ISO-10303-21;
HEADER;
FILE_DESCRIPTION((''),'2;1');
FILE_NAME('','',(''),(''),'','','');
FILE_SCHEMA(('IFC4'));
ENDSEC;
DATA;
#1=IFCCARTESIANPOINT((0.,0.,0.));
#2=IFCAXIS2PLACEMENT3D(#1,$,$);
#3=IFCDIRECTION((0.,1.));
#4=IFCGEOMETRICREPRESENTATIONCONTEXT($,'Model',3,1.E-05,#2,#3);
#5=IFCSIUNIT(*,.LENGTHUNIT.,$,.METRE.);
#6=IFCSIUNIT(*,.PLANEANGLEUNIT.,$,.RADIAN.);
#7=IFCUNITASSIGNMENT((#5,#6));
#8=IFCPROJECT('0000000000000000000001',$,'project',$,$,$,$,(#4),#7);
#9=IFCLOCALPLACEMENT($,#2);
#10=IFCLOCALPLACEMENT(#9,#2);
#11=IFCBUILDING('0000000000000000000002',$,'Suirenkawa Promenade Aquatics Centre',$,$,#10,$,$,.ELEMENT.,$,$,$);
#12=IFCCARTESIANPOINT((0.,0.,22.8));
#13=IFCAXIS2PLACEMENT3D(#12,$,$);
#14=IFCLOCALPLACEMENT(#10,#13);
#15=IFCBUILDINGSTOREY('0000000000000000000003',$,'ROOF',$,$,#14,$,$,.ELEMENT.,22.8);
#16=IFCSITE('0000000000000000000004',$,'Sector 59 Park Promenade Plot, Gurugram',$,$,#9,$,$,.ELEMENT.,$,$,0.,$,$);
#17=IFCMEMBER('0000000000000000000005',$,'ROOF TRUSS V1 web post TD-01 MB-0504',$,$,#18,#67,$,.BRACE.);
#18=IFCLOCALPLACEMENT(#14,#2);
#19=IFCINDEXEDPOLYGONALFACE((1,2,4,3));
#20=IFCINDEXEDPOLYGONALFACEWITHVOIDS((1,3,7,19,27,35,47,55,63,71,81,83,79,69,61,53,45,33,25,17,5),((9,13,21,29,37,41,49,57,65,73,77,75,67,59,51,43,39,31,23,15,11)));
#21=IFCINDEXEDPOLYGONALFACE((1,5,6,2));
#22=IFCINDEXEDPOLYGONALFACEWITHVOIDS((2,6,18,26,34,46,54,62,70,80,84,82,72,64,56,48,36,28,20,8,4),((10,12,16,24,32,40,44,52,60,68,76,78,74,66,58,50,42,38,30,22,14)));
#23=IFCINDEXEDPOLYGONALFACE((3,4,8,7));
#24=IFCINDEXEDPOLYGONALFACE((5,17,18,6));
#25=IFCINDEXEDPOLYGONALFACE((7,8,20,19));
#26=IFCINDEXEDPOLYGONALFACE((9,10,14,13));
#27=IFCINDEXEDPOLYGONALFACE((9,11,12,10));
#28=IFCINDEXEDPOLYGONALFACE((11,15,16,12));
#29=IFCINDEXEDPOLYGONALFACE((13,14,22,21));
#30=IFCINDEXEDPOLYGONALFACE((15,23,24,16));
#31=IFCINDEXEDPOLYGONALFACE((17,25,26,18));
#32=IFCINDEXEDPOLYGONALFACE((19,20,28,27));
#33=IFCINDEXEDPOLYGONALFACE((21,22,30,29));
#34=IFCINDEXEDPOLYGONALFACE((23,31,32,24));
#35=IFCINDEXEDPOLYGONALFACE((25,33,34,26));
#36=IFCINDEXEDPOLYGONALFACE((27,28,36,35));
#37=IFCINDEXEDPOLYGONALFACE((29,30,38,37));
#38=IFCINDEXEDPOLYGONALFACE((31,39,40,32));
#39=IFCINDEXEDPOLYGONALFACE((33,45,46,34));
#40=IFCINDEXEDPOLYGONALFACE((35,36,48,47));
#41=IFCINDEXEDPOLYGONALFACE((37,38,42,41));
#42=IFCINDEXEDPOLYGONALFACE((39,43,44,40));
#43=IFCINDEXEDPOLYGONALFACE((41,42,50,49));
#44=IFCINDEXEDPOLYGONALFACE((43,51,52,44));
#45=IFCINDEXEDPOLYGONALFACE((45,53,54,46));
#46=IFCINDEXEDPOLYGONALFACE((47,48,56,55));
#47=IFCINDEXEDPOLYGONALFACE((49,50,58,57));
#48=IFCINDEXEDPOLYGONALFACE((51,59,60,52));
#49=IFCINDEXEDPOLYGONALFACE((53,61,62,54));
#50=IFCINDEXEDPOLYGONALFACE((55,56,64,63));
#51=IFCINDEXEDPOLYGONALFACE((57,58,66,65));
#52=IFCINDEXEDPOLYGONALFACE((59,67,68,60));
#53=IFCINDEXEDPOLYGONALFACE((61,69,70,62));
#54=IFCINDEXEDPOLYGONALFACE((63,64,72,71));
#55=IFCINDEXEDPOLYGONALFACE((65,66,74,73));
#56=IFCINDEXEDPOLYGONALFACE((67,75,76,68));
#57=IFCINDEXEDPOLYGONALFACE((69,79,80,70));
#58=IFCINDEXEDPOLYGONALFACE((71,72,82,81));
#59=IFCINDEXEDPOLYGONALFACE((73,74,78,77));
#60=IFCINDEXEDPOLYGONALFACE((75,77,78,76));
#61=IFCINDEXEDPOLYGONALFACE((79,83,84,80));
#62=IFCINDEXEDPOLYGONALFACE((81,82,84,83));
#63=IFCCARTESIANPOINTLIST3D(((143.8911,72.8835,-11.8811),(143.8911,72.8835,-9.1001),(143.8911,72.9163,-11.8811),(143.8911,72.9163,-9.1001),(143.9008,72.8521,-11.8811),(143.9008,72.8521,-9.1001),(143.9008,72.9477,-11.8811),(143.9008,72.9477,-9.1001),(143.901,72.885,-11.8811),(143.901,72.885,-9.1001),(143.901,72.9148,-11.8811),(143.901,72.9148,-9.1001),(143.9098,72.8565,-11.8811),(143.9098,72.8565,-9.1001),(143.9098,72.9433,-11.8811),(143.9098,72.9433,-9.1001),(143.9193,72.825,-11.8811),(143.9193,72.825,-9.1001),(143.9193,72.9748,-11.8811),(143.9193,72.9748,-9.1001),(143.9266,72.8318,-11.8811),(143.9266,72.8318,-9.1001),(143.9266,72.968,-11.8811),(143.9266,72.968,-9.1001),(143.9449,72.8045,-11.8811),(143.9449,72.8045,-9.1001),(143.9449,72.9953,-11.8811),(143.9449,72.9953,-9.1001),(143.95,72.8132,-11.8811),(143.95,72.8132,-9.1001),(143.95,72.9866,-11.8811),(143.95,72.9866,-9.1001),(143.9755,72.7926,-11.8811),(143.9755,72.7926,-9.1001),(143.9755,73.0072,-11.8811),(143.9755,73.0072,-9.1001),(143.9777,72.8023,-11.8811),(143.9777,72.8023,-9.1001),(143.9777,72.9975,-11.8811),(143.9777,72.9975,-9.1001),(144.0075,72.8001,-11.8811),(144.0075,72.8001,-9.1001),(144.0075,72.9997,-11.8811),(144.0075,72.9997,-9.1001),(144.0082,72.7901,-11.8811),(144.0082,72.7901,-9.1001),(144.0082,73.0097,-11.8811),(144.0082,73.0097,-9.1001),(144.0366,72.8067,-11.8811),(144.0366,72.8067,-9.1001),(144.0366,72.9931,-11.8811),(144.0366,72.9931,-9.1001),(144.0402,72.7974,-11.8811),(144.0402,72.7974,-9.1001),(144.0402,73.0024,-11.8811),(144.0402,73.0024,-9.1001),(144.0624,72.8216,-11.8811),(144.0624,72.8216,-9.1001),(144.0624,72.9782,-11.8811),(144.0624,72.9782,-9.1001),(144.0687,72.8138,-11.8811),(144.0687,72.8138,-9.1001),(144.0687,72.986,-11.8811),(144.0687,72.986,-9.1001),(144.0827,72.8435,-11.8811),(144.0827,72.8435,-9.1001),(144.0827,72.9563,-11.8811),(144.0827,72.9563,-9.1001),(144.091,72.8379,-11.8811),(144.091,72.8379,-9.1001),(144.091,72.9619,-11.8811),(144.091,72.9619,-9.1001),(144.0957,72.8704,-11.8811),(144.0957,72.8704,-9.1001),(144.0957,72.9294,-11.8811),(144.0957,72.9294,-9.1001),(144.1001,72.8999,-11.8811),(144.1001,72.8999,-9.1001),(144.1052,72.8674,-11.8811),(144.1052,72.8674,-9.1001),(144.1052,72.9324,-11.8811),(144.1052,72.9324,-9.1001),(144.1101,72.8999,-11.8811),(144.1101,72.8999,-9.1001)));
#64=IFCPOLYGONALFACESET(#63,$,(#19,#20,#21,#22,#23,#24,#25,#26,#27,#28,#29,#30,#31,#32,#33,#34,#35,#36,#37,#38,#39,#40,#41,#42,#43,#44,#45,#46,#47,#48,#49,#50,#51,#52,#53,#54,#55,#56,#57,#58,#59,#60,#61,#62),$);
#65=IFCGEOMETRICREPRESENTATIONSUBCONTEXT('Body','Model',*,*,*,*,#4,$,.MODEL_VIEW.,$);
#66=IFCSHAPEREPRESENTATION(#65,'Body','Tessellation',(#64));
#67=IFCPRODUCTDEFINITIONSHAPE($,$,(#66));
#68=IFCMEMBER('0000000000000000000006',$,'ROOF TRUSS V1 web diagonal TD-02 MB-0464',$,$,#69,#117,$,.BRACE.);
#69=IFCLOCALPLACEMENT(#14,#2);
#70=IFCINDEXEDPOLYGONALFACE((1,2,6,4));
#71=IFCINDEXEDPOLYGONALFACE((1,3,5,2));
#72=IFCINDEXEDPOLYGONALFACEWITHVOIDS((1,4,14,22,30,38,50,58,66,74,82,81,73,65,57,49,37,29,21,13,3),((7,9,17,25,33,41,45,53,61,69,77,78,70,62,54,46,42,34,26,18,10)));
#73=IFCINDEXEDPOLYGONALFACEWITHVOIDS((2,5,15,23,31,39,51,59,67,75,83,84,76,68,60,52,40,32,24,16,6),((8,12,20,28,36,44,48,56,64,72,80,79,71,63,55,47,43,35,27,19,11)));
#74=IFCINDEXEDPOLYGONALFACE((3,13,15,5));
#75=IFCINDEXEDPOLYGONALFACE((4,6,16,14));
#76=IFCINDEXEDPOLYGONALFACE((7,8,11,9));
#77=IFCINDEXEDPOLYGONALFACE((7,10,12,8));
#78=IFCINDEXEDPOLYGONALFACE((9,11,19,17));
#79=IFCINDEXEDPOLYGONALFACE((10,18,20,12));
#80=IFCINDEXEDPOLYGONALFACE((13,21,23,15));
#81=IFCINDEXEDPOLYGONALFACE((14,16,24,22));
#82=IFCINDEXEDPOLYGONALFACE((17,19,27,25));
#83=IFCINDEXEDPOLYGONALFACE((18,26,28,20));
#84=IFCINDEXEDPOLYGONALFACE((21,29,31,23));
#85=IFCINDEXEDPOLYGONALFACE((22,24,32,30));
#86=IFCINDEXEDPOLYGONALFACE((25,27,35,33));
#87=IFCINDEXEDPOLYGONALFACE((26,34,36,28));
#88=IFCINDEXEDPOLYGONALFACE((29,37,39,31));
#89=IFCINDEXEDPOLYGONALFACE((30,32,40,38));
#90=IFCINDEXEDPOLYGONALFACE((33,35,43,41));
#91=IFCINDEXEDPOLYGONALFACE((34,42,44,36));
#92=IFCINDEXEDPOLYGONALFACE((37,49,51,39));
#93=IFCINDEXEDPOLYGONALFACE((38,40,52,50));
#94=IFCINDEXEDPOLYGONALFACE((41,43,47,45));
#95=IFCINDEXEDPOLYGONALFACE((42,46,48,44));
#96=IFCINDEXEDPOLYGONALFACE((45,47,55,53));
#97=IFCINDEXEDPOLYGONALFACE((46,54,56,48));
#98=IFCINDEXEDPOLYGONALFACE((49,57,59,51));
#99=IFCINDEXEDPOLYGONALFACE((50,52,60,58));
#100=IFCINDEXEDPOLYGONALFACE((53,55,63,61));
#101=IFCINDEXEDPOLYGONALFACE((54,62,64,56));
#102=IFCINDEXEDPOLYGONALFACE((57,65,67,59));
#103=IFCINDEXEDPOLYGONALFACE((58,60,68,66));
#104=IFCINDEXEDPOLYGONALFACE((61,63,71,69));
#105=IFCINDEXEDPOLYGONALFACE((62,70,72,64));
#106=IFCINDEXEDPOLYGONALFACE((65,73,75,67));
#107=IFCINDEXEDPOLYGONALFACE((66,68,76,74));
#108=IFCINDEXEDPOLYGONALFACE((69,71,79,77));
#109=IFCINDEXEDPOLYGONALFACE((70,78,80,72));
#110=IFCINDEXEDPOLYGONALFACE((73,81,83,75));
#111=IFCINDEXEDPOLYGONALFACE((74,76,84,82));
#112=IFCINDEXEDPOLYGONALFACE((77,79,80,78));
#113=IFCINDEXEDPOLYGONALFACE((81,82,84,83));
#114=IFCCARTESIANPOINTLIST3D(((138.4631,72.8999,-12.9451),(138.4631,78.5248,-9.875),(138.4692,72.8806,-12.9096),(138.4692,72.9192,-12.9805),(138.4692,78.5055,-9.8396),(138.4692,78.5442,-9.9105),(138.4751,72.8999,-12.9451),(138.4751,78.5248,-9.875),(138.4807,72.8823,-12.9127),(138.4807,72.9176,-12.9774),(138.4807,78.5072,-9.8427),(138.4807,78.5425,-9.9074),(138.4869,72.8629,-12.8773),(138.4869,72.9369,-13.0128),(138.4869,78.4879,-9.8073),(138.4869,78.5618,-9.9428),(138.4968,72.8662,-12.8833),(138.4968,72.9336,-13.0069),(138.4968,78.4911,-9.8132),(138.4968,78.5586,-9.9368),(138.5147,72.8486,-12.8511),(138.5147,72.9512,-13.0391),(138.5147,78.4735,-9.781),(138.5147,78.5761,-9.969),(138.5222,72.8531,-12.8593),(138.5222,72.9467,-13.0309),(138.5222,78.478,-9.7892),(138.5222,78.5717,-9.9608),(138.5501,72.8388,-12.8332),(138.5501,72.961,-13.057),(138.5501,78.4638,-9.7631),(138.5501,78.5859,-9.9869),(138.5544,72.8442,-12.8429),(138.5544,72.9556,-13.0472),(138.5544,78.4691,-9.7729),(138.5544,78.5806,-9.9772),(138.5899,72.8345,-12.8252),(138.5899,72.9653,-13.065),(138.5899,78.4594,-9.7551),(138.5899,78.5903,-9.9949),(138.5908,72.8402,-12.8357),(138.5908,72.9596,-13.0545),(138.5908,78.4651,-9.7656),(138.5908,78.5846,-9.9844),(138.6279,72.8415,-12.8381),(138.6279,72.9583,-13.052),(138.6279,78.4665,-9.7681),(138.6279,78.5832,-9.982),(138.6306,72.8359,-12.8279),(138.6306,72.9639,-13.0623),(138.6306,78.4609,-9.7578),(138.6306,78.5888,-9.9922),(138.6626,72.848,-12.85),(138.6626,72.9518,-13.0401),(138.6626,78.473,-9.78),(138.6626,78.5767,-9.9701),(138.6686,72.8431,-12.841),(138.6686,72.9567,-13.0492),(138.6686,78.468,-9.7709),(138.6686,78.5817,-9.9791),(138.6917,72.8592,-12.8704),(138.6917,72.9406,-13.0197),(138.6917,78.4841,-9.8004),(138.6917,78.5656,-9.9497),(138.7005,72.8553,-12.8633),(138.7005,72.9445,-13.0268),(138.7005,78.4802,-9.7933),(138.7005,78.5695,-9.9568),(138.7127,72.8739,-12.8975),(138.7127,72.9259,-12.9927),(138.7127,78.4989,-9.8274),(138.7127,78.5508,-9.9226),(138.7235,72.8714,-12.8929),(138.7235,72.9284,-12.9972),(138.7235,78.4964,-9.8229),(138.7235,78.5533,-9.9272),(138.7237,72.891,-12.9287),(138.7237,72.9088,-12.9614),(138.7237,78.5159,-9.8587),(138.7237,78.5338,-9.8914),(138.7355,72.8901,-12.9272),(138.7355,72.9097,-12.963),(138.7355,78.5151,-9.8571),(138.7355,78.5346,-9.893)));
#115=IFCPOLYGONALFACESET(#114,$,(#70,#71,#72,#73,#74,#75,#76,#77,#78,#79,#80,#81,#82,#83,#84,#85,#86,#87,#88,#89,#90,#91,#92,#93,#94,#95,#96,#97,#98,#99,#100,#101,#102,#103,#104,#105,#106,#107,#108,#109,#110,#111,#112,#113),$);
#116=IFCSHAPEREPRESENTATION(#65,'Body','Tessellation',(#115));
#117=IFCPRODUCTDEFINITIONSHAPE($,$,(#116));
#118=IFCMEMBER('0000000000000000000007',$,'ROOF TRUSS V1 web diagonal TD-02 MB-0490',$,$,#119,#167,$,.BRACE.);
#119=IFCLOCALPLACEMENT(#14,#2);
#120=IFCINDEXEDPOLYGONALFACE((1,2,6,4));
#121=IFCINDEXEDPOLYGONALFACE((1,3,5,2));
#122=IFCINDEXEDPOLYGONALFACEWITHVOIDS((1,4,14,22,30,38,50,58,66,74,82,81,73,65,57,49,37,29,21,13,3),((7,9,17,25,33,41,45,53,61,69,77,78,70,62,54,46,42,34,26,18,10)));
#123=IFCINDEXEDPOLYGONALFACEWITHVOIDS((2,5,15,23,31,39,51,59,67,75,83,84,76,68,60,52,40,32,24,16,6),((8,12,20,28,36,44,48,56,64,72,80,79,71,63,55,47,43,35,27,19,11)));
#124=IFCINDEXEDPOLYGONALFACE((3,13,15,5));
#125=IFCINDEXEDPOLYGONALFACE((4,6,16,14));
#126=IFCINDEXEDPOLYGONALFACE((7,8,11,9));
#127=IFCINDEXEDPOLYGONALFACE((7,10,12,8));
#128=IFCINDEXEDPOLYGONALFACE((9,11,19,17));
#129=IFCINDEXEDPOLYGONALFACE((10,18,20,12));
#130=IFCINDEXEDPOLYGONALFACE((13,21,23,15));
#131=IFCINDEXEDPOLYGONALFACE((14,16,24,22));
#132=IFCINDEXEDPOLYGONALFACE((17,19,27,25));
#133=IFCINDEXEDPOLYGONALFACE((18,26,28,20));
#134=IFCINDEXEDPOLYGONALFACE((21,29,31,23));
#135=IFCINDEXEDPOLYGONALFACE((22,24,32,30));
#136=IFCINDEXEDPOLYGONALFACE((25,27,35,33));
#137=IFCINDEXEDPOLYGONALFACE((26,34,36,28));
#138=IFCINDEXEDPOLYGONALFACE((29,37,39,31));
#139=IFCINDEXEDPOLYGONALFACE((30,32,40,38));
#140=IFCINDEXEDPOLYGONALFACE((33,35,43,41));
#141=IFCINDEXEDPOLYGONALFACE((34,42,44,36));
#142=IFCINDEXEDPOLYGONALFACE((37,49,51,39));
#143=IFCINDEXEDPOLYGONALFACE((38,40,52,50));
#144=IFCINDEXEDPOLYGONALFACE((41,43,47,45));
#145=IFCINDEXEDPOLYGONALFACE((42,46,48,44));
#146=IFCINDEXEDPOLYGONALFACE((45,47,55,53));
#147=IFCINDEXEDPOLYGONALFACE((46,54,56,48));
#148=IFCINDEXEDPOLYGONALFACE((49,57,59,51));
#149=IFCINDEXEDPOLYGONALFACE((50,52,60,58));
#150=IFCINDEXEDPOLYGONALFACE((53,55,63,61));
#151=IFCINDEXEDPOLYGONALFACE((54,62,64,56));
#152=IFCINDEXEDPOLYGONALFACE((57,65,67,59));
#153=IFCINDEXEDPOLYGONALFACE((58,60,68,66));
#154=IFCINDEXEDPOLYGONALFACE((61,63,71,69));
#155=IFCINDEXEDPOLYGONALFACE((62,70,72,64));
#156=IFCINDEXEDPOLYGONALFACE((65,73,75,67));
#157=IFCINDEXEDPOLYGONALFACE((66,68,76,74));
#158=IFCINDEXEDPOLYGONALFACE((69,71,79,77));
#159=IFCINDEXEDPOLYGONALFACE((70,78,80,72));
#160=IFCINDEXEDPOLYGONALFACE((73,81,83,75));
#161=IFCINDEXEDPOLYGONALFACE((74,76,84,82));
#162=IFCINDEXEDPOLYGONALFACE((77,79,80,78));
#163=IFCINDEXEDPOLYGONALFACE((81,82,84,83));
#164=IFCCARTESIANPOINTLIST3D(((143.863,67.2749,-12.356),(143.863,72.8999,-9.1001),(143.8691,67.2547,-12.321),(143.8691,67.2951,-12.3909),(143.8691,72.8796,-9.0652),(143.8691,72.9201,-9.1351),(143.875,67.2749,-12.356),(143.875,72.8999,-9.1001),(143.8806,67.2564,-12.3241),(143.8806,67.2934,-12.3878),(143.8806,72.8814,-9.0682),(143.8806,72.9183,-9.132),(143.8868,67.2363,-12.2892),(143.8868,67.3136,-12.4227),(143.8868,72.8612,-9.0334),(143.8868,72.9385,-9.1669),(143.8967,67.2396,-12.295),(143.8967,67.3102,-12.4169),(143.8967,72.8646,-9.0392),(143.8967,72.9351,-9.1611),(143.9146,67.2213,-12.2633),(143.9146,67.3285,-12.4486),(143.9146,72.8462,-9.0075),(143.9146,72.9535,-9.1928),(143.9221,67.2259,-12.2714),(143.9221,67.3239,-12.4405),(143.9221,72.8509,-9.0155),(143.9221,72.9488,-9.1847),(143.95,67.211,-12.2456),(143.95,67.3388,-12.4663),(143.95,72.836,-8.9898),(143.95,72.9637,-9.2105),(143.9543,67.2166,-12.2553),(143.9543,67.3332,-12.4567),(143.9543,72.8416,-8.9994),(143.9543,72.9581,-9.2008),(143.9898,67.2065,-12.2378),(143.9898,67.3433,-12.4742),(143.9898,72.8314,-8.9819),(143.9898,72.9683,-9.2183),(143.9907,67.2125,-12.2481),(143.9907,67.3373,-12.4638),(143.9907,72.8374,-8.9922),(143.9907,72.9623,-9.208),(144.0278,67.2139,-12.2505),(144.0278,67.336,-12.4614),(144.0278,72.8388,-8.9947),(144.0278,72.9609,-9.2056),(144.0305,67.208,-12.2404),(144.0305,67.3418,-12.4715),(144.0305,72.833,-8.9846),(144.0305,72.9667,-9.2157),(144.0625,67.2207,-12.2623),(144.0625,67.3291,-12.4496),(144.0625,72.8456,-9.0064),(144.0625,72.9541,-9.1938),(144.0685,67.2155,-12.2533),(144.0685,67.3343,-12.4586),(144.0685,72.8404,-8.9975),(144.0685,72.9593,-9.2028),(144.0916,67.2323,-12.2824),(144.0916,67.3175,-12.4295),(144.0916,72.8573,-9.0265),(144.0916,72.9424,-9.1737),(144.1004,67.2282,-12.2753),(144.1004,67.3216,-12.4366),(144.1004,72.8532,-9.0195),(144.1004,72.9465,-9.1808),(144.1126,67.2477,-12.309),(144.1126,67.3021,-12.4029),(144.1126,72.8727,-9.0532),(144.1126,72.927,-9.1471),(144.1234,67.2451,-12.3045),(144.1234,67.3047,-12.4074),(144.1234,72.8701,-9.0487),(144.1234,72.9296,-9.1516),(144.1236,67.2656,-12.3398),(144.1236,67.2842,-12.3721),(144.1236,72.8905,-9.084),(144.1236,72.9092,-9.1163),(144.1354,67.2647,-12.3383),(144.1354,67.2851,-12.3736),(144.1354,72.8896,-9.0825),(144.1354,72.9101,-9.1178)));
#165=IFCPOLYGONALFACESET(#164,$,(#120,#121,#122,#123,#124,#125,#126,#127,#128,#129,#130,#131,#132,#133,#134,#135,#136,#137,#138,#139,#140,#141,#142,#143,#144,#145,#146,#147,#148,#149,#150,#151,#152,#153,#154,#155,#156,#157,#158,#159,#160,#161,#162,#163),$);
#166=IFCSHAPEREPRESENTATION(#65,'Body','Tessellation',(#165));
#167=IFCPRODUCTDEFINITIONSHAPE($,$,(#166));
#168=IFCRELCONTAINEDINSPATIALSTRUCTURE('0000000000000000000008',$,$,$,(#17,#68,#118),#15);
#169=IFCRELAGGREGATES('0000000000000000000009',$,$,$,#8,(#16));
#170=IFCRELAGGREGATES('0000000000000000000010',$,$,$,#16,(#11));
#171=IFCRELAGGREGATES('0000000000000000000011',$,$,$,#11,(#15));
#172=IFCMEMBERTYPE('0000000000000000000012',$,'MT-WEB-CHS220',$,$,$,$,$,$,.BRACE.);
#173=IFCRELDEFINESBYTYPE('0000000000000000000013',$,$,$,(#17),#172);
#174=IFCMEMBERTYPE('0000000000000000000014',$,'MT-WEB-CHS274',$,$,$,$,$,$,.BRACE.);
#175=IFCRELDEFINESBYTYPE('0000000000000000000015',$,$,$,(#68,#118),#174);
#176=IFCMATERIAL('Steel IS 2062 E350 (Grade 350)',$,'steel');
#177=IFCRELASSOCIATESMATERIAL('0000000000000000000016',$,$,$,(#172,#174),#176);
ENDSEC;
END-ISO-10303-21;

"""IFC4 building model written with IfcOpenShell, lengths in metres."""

from ifc_helpers import new_model, si_unit, direction, frame, origin, origin_2d, place, context, subcontext, project, spatial, hollow_circle, extrude, material, material_profile, profile_set, type_object, element, save


model = new_model("IFC4")

# Units and contexts
model_context = context("Model", 3, precision=1e-05, world=origin(), true_north=direction((0.0, 1.0)))
body_context = subcontext(model_context, "Body", "Model", "MODEL_VIEW")
ifc_project = project(units=[si_unit("LENGTHUNIT", "METRE"), si_unit("PLANEANGLEUNIT", "RADIAN")], contexts=[model_context])

# Site, building, storey
site_placement = place(None, origin())
site = spatial("IfcSite", under=ifc_project, at=site_placement, Name="Sector 59 Park Promenade Plot, Gurugram", CompositionType="ELEMENT", RefElevation=0.0)
building_placement = place(site_placement, origin())
building = spatial("IfcBuilding", under=site, at=building_placement, Name="Suirenkawa Promenade Aquatics Centre", CompositionType="ELEMENT")
storey_placement = place(building_placement, frame((0.0, 0.0, 22.8)))
storey = spatial("IfcBuildingStorey", under=building, at=storey_placement, Name="ROOF", CompositionType="ELEMENT", Elevation=22.8)

# Shared definitions
ifc_material = material(Name="Steel IS 2062 E350 (Grade 350)", Category="steel")

# Members
ifc_material_profile_1 = material_profile(ifc_material, hollow_circle(Radius=0.1101, WallThickness=0.01, at=origin_2d()), Name="CHS 220x10", Category="steel")
ifc_profile_set_1 = profile_set([ifc_material_profile_1], Name="Steel IS 2062 E350 (Grade 350)")
member_type_1 = type_object("IfcMemberType", Name="MT-WEB-CHS220", PredefinedType="BRACE", material=ifc_profile_set_1)
member_1_placement = place(storey_placement, frame((144.0, 72.8999, -11.8811), z_axis=(0.0, 0.0, 1.0), x_axis=(1.0, 0.0, 0.0)))
element("IfcMember", 1, at=member_1_placement, inside=storey, type_object=member_type_1, Name="ROOF TRUSS V1 web post TD-01 MB-0504", PredefinedType="BRACE", context=body_context, shape_type="SweptSolid", body=[
    extrude(hollow_circle(Radius=0.1101, WallThickness=0.01, at=origin_2d()), origin(), (0.0, 0.0, 1.0), 2.781),
])
ifc_material_profile_2 = material_profile(ifc_material, hollow_circle(Radius=0.137, WallThickness=0.012, at=origin_2d()), Name="CHS 274x12", Category="steel")
ifc_profile_set_2 = profile_set([ifc_material_profile_2], Name="Steel IS 2062 E350 (Grade 350)")
member_type_2 = type_object("IfcMemberType", Name="MT-WEB-CHS274", PredefinedType="BRACE", material=ifc_profile_set_2)
member_2_placement = place(storey_placement, frame((138.6001, 72.8999, -12.9451), z_axis=(0.0, 0.877772, 0.479079), x_axis=(-1.0, 0.0, 0.0)))
element("IfcMember", 2, at=member_2_placement, inside=storey, type_object=member_type_2, Name="ROOF TRUSS V1 web diagonal TD-02 MB-0464", PredefinedType="BRACE", context=body_context, shape_type="SweptSolid", body=[
    extrude(hollow_circle(Radius=0.137, WallThickness=0.012, at=origin_2d()), origin(), (0.0, 0.0, 1.0), 6.4082),
])
member_3_placement = place(storey_placement, frame((144.0, 67.2749, -12.356), z_axis=(0.0, 0.865474, 0.500953), x_axis=(-1.0, 0.0, 0.0)))
element("IfcMember", 3, at=member_3_placement, inside=storey, type_object=member_type_2, Name="ROOF TRUSS V1 web diagonal TD-02 MB-0490", PredefinedType="BRACE", context=body_context, shape_type="SweptSolid", body=[
    extrude(hollow_circle(Radius=0.137, WallThickness=0.012, at=origin_2d()), origin(), (0.0, 0.0, 1.0), 6.4993),
])

save(model, "model.ifc")
